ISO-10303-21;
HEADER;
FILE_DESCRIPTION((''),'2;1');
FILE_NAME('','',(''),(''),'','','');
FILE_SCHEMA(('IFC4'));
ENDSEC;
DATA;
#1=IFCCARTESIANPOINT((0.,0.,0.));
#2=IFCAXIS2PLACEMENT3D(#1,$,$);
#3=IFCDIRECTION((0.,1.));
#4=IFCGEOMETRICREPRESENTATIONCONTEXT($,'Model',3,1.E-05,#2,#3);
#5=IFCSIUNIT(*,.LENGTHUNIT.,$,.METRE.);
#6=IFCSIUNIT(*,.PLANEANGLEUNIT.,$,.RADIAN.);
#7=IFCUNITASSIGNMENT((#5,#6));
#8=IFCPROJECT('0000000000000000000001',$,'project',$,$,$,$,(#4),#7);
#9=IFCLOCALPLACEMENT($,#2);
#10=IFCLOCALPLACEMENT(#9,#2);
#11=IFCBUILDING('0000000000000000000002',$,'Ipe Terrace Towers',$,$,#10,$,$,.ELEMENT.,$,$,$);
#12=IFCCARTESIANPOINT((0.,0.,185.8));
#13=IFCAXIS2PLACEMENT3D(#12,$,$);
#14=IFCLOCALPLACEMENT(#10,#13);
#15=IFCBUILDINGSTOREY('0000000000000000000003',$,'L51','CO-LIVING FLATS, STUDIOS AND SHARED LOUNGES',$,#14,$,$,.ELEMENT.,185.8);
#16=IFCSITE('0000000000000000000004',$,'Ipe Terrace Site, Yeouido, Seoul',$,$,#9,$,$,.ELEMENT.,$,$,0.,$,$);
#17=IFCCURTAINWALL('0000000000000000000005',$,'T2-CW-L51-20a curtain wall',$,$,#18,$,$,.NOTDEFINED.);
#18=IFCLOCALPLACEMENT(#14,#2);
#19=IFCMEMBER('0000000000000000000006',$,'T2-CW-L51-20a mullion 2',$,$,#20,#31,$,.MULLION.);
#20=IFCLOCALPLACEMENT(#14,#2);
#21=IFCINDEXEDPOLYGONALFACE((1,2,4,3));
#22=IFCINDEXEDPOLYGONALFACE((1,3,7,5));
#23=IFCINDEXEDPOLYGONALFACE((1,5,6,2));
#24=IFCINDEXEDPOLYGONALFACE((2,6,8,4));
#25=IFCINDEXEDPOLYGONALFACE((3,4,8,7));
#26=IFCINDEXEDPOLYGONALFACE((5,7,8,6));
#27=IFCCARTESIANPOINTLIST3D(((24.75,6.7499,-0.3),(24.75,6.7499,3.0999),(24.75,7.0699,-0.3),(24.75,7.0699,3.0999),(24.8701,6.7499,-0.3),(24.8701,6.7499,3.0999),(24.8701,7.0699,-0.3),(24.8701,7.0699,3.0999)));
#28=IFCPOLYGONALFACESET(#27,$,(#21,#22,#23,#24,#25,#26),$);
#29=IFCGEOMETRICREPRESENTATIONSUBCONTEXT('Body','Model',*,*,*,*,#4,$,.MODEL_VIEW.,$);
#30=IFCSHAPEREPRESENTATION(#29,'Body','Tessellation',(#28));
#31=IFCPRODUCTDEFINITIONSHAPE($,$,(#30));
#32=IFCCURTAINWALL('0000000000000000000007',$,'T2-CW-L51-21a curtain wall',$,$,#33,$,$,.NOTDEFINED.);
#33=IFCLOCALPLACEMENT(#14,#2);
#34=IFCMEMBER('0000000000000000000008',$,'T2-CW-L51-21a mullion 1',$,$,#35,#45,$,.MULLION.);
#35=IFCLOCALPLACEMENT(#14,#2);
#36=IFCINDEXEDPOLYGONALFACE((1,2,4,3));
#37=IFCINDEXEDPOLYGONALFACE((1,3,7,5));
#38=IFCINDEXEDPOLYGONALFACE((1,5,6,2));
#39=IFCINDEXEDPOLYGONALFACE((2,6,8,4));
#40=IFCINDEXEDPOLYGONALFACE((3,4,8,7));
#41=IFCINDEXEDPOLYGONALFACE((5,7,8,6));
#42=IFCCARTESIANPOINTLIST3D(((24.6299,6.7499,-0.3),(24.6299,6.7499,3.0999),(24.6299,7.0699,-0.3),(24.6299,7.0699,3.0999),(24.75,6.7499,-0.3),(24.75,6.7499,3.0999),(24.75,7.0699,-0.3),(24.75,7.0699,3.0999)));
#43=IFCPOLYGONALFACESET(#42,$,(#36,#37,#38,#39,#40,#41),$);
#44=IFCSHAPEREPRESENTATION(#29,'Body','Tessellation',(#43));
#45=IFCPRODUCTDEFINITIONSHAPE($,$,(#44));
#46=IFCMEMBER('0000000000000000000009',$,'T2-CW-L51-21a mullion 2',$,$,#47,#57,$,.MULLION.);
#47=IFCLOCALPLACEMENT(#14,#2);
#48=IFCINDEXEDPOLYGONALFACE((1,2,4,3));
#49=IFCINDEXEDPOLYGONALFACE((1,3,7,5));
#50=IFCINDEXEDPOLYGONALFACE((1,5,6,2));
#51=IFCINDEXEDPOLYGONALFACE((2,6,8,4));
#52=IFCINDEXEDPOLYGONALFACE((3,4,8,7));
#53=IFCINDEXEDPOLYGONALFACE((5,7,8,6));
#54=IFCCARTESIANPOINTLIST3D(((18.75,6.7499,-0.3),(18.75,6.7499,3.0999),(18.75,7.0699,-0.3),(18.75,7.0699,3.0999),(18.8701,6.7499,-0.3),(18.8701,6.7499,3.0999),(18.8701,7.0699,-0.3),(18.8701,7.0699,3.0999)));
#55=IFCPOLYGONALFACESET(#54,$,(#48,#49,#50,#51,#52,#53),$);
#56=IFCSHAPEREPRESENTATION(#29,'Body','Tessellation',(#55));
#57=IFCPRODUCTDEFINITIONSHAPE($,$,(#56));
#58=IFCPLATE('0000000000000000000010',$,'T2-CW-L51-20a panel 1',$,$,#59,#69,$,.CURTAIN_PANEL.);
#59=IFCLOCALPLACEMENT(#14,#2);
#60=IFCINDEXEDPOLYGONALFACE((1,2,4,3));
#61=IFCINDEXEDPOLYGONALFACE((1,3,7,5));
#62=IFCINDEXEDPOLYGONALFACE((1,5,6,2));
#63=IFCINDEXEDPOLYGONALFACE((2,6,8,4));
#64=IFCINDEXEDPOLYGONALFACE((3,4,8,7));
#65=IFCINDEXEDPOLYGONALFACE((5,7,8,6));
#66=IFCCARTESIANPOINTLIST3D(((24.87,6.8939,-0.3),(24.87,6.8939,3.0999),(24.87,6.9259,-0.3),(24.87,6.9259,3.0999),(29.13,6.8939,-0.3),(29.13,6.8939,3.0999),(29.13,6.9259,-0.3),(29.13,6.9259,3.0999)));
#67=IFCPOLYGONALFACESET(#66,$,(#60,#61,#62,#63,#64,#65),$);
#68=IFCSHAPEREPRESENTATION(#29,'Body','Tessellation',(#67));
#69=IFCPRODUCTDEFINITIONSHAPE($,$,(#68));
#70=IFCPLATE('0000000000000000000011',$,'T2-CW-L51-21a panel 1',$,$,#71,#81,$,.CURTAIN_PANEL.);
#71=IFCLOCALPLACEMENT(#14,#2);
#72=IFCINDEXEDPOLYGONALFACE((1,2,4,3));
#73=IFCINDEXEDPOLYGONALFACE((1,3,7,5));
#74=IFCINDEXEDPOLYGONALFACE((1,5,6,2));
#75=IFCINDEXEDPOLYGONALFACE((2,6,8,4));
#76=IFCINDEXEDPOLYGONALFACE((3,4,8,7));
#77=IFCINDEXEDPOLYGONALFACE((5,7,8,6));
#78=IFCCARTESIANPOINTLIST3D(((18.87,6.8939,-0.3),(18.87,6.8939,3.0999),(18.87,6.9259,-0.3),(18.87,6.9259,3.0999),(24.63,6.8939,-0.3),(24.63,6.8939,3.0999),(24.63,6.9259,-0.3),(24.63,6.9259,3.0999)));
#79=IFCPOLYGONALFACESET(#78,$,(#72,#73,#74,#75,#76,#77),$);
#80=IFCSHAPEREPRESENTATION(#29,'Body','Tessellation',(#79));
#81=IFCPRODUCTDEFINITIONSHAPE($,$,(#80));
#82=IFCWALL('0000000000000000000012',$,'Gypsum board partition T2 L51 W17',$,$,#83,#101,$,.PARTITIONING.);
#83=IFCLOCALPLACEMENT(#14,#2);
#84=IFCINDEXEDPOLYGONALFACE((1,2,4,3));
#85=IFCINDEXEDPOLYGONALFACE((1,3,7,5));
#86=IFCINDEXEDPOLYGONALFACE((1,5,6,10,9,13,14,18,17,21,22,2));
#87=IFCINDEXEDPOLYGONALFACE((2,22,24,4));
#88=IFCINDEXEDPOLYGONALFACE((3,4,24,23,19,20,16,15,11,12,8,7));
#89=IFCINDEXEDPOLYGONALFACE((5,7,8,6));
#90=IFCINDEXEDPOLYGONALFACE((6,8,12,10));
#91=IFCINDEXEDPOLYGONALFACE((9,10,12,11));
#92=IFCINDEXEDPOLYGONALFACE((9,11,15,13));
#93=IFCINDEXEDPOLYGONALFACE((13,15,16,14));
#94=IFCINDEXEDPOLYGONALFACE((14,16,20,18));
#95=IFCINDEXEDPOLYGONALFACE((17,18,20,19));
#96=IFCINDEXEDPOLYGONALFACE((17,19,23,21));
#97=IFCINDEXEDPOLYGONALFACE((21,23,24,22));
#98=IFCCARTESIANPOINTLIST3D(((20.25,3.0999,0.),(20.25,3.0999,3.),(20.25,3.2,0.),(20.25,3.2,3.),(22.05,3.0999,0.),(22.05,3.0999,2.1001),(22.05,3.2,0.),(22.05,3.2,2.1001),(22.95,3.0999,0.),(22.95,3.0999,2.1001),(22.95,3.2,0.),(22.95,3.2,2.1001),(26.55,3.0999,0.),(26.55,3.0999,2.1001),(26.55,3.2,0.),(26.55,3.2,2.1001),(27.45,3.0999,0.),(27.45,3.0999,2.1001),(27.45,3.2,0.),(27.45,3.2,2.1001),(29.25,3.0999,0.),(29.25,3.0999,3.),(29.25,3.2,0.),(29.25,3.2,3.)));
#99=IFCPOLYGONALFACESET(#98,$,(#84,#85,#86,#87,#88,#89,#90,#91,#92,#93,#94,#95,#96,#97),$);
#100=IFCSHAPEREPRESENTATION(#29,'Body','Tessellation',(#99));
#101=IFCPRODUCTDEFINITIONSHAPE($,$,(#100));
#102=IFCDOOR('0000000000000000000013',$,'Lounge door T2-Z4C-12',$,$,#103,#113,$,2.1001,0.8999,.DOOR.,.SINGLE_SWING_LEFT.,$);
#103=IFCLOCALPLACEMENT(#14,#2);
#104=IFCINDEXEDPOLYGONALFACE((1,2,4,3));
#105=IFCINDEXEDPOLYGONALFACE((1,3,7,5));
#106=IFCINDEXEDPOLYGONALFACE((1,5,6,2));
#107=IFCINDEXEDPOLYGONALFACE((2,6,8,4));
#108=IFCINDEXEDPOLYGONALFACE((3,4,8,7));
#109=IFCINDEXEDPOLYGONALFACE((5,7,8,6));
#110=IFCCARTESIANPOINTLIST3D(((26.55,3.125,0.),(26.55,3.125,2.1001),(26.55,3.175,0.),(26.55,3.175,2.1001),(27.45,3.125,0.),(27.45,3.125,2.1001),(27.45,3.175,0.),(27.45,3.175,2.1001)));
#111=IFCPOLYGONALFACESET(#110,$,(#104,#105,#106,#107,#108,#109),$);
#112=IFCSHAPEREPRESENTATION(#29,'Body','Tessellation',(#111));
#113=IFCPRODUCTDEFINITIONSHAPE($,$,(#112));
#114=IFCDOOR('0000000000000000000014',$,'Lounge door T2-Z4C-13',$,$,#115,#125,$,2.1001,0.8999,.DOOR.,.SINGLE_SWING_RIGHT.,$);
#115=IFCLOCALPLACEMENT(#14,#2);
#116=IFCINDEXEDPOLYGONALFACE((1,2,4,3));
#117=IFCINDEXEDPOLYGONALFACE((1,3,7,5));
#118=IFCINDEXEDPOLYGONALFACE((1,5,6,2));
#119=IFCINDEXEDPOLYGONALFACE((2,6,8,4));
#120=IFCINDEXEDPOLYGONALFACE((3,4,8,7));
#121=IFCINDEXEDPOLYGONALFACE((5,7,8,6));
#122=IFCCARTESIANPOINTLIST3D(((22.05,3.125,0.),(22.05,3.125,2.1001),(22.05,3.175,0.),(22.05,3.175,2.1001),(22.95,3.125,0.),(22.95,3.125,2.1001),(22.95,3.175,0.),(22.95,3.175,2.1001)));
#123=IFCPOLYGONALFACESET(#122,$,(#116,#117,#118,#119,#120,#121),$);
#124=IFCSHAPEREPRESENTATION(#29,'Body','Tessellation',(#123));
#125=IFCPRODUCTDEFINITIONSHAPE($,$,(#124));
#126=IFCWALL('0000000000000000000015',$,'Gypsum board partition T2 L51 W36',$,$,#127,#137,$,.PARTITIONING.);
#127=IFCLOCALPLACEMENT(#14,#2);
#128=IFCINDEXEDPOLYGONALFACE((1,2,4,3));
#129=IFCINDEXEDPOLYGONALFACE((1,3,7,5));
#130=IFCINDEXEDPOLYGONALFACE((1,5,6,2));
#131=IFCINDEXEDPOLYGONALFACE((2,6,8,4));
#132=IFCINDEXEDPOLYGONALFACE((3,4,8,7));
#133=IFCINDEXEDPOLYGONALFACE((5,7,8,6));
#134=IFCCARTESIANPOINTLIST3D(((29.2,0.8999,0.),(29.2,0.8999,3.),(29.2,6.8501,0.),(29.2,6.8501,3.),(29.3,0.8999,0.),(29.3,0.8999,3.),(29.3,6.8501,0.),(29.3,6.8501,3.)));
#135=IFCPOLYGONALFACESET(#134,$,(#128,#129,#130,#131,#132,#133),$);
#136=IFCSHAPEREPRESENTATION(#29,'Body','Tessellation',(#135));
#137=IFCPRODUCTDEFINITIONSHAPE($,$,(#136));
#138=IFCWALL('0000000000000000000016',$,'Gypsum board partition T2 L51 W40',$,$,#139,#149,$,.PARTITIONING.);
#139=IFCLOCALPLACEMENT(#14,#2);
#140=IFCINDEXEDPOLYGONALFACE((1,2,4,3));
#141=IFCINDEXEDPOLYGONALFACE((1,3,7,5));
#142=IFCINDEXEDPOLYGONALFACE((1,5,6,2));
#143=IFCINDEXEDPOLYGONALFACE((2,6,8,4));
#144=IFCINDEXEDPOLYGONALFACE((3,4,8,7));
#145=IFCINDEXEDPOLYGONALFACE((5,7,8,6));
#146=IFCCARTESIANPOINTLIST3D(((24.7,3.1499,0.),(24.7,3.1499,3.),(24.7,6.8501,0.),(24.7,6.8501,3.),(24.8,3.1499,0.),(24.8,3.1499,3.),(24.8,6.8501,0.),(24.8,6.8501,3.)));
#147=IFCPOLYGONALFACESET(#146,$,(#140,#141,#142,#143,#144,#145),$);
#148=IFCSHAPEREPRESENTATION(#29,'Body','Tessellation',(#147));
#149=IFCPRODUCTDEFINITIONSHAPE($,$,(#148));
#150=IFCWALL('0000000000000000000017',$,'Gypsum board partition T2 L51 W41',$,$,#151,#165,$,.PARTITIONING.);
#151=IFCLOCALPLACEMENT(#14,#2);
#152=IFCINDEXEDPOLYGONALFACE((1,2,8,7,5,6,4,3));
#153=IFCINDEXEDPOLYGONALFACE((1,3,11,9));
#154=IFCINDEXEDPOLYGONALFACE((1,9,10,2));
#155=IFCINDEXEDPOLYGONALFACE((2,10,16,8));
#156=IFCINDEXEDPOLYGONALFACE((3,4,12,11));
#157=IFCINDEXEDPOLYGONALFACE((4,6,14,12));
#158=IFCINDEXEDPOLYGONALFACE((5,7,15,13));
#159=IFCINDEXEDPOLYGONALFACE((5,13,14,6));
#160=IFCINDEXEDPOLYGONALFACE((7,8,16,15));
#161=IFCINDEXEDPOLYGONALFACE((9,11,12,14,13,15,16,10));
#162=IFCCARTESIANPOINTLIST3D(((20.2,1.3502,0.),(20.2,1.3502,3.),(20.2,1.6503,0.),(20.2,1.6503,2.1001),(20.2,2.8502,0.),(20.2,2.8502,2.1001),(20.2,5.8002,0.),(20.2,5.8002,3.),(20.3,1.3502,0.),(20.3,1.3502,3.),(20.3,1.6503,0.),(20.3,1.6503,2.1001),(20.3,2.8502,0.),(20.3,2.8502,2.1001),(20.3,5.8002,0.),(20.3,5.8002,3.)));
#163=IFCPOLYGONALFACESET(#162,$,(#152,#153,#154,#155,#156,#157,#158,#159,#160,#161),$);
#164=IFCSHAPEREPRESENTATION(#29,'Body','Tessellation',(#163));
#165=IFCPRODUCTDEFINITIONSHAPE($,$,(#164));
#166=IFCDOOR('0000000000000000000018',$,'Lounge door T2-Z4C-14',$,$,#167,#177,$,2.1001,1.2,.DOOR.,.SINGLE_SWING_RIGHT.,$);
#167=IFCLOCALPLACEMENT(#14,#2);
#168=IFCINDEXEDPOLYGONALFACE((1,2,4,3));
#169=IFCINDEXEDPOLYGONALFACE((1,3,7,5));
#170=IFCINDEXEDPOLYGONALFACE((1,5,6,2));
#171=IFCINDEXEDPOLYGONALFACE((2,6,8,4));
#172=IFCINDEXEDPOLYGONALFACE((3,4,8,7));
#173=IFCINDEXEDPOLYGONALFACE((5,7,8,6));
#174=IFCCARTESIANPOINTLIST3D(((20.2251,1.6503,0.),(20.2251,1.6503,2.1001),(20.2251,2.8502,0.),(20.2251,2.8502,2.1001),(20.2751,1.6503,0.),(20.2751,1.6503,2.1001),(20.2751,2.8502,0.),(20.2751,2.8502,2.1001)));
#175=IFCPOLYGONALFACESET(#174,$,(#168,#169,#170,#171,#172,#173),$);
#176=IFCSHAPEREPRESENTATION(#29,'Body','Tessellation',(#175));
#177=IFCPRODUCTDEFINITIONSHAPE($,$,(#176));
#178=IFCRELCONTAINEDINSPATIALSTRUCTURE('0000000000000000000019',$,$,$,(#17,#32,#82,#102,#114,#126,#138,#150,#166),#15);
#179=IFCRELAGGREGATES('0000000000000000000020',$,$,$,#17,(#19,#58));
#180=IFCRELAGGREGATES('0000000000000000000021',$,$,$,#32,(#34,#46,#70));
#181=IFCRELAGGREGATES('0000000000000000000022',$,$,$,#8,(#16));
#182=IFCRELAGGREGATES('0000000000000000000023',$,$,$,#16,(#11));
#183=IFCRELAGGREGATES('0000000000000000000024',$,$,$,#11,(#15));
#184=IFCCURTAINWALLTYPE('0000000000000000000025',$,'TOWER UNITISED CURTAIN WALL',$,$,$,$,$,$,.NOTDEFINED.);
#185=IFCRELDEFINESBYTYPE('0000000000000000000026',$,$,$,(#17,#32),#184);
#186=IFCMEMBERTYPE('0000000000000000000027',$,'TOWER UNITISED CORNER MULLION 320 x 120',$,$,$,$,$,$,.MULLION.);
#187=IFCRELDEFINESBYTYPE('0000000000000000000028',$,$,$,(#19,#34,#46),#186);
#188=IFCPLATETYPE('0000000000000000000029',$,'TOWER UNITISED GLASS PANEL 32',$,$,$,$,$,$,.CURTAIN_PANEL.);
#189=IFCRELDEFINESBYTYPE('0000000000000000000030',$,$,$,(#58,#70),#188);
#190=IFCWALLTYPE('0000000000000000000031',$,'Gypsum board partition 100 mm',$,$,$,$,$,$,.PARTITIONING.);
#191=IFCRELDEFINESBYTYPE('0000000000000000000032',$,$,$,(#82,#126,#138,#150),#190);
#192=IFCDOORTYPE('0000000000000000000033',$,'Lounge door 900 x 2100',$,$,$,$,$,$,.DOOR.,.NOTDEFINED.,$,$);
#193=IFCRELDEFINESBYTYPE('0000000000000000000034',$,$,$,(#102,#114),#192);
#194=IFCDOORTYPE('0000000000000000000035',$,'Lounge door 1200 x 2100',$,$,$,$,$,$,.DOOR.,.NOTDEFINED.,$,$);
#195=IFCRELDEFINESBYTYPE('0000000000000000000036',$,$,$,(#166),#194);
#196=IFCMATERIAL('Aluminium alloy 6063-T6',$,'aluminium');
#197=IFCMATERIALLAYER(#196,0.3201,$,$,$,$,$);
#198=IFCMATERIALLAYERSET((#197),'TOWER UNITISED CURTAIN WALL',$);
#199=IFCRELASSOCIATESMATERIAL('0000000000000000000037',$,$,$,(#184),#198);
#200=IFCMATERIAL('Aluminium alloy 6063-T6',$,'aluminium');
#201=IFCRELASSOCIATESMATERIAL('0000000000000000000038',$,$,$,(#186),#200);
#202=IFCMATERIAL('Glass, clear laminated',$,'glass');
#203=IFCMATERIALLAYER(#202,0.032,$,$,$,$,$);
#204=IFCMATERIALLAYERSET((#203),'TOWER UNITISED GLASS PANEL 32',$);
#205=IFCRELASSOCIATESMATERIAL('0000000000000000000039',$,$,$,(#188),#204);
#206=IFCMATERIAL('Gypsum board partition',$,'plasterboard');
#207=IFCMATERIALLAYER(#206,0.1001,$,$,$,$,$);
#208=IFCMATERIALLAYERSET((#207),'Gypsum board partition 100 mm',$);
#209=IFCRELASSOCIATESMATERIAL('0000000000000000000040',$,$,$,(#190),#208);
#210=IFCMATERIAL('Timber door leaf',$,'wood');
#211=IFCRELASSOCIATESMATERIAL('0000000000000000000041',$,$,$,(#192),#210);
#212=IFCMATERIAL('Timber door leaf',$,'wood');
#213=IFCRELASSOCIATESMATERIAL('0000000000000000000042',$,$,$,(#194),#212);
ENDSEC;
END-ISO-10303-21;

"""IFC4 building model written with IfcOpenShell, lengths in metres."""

from ifc_helpers import new_model, si_unit, direction, frame, frame_2d, origin, origin_2d, place, context, subcontext, project, spatial, rectangle, extrude, material, layer, layer_set, material_profile, profile_set, type_object, element, fill, aggregate, save


model = new_model("IFC4")

# Units and contexts
model_context = context("Model", 3, precision=1e-05, world=origin(), true_north=direction((0.0, 1.0)))
body_context = subcontext(model_context, "Body", "Model", "MODEL_VIEW")
ifc_project = project(units=[si_unit("LENGTHUNIT", "METRE"), si_unit("PLANEANGLEUNIT", "RADIAN")], contexts=[model_context])

# Site, building, storey
site_placement = place(None, origin())
site = spatial("IfcSite", under=ifc_project, at=site_placement, Name="Ipe Terrace Site, Yeouido, Seoul", CompositionType="ELEMENT", RefElevation=0.0)
building_placement = place(site_placement, origin())
building = spatial("IfcBuilding", under=site, at=building_placement, Name="Ipe Terrace Towers", CompositionType="ELEMENT")
storey_placement = place(building_placement, frame((0.0, 0.0, 185.8)))
storey = spatial("IfcBuildingStorey", under=building, at=storey_placement, Name="L51", Description="CO-LIVING FLATS, STUDIOS AND SHARED LOUNGES", CompositionType="ELEMENT", Elevation=185.8)

# Curtain walls, members
ifc_material_1 = material(Name="Aluminium alloy 6063-T6", Category="aluminium")
ifc_layer_1 = layer(ifc_material_1, 0.3201)
ifc_layer_set_1 = layer_set([ifc_layer_1], Name="TOWER UNITISED CURTAIN WALL")
curtain_wall_type = type_object("IfcCurtainWallType", Name="TOWER UNITISED CURTAIN WALL", PredefinedType="NOTDEFINED", material=ifc_layer_set_1)
curtain_wall_1_placement = place(storey_placement, origin())
curtain_wall_1 = element("IfcCurtainWall", 1, at=curtain_wall_1_placement, inside=storey, type_object=curtain_wall_type, Name="T2-CW-L51-20a curtain wall", PredefinedType="NOTDEFINED")
ifc_material_2 = material(Name="Aluminium alloy 6063-T6", Category="aluminium")
ifc_material_profile_1 = material_profile(ifc_material_2, rectangle(XDim=0.3201, YDim=0.1201, at=origin_2d()), Name="TOWER UNITISED CORNER MULLION 320 x 120")
ifc_profile_set_1 = profile_set([ifc_material_profile_1], Name="Aluminium alloy 6063-T6")
member_type = type_object("IfcMemberType", Name="TOWER UNITISED CORNER MULLION 320 x 120", PredefinedType="MULLION", material=ifc_profile_set_1)
member_1_placement = place(storey_placement, frame((24.8101, 6.9099, -0.3), z_axis=(0.0, 0.0, 1.0), x_axis=(0.0, 1.0, 0.0)))
member_1 = element("IfcMember", 2, at=member_1_placement, type_object=member_type, Name="T2-CW-L51-20a mullion 2", PredefinedType="MULLION", context=body_context, shape_type="SweptSolid", body=[
    extrude(rectangle(XDim=0.3201, YDim=0.1201, at=origin_2d()), origin(), (0.0, 0.0, 1.0), 3.3999),
])
curtain_wall_2_placement = place(storey_placement, origin())
curtain_wall_2 = element("IfcCurtainWall", 3, at=curtain_wall_2_placement, inside=storey, type_object=curtain_wall_type, Name="T2-CW-L51-21a curtain wall", PredefinedType="NOTDEFINED")
member_2_placement = place(storey_placement, frame((24.6899, 6.9099, -0.3), z_axis=(0.0, 0.0, 1.0), x_axis=(0.0, 1.0, 0.0)))
member_2 = element("IfcMember", 4, at=member_2_placement, type_object=member_type, Name="T2-CW-L51-21a mullion 1", PredefinedType="MULLION", context=body_context, shape_type="SweptSolid", body=[
    extrude(rectangle(XDim=0.3201, YDim=0.1201, at=origin_2d()), origin(), (0.0, 0.0, 1.0), 3.3999),
])
member_3_placement = place(storey_placement, frame((18.8101, 6.9099, -0.3), z_axis=(0.0, 0.0, 1.0), x_axis=(0.0, 1.0, 0.0)))
member_3 = element("IfcMember", 5, at=member_3_placement, type_object=member_type, Name="T2-CW-L51-21a mullion 2", PredefinedType="MULLION", context=body_context, shape_type="SweptSolid", body=[
    extrude(rectangle(XDim=0.3201, YDim=0.1201, at=origin_2d()), origin(), (0.0, 0.0, 1.0), 3.3999),
])

# Plates
ifc_material_3 = material(Name="Glass, clear laminated", Category="glass")
ifc_layer_2 = layer(ifc_material_3, 0.032)
ifc_layer_set_2 = layer_set([ifc_layer_2], Name="TOWER UNITISED GLASS PANEL 32")
plate_type = type_object("IfcPlateType", Name="TOWER UNITISED GLASS PANEL 32", PredefinedType="CURTAIN_PANEL", material=ifc_layer_set_2)
plate_1_placement = place(storey_placement, frame((27.0, 6.9099, -0.3), z_axis=(0.0, 0.0, 1.0), x_axis=(-1.0, 0.0, 0.0)))
plate_1 = element("IfcPlate", 6, at=plate_1_placement, type_object=plate_type, Name="T2-CW-L51-20a panel 1", PredefinedType="CURTAIN_PANEL", context=body_context, shape_type="SweptSolid", body=[
    extrude(rectangle(XDim=4.26, YDim=0.032, at=origin_2d()), origin(), (0.0, 0.0, 1.0), 3.3999),
])
aggregate(curtain_wall_1, [member_1, plate_1])
plate_2_placement = place(storey_placement, frame((21.75, 6.9099, -0.3), z_axis=(0.0, 0.0, 1.0), x_axis=(-1.0, 0.0, 0.0)))
plate_2 = element("IfcPlate", 7, at=plate_2_placement, type_object=plate_type, Name="T2-CW-L51-21a panel 1", PredefinedType="CURTAIN_PANEL", context=body_context, shape_type="SweptSolid", body=[
    extrude(rectangle(XDim=5.76, YDim=0.032, at=origin_2d()), origin(), (0.0, 0.0, 1.0), 3.3999),
])
aggregate(curtain_wall_2, [member_2, member_3, plate_2])

# Wall, openings, doors
ifc_material_4 = material(Name="Gypsum board partition", Category="plasterboard")
ifc_layer_3 = layer(ifc_material_4, 0.1001)
ifc_layer_set_3 = layer_set([ifc_layer_3], Name="Gypsum board partition 100 mm")
wall_type_1 = type_object("IfcWallType", Name="Gypsum board partition 100 mm", PredefinedType="PARTITIONING", material=ifc_layer_set_3)
wall_1_placement = place(storey_placement, frame((29.25, 3.1499, 0.0), z_axis=(0.0, 0.0, 1.0), x_axis=(-1.0, 0.0, 0.0)))
wall_1 = element("IfcWall", 8, at=wall_1_placement, inside=storey, type_object=wall_type_1, Name="Gypsum board partition T2 L51 W17", PredefinedType="PARTITIONING", context=body_context, shape_type="SweptSolid", body=[
    extrude(rectangle(XDim=9.0, YDim=0.1001, at=frame_2d((4.5, 0.0))), origin(), (0.0, 0.0, 1.0), 3.0),
])
opening_1_placement = place(wall_1_placement, frame((1.8, 0.0, 0.0)))
opening_1 = element("IfcOpeningElement", 9, at=opening_1_placement, cuts=wall_1, PredefinedType="OPENING", context=body_context, shape_type="SweptSolid", body=[
    extrude(rectangle(XDim=0.8999, YDim=2.1001, at=frame_2d((0.45, 1.05))), frame((0.0, 0.0601, 0.0), z_axis=(0.0, -1.0, 0.0), x_axis=(1.0, 0.0, 0.0)), (0.0, 0.0, 1.0), 0.1201),
])
opening_2_placement = place(wall_1_placement, frame((6.3, 0.0, 0.0)))
opening_2 = element("IfcOpeningElement", 10, at=opening_2_placement, cuts=wall_1, PredefinedType="OPENING", context=body_context, shape_type="SweptSolid", body=[
    extrude(rectangle(XDim=0.8999, YDim=2.1001, at=frame_2d((0.45, 1.05))), frame((0.0, 0.0601, 0.0), z_axis=(0.0, -1.0, 0.0), x_axis=(1.0, 0.0, 0.0)), (0.0, 0.0, 1.0), 0.1201),
])
ifc_material_5 = material(Name="Timber door leaf", Category="wood")
door_type_1 = type_object("IfcDoorType", Name="Lounge door 900 x 2100", OperationType="NOTDEFINED", PredefinedType="DOOR", material=ifc_material_5)
door_1_placement = place(opening_1_placement, origin())
door_1 = element("IfcDoor", 11, at=door_1_placement, inside=storey, type_object=door_type_1, Name="Lounge door T2-Z4C-12", OperationType="SINGLE_SWING_LEFT", OverallHeight=2.1001, OverallWidth=0.8999, PredefinedType="DOOR", context=body_context, shape_type="SweptSolid", body=[
    extrude(rectangle(XDim=0.8999, YDim=2.1001, at=frame_2d((0.45, 1.05))), frame((0.0, 0.0249, 0.0), z_axis=(0.0, -1.0, 0.0), x_axis=(1.0, 0.0, 0.0)), (0.0, 0.0, 1.0), 0.05),
])
fill(opening_1, door_1)
door_2_placement = place(opening_2_placement, origin())
door_2 = element("IfcDoor", 12, at=door_2_placement, inside=storey, type_object=door_type_1, Name="Lounge door T2-Z4C-13", OperationType="SINGLE_SWING_RIGHT", OverallHeight=2.1001, OverallWidth=0.8999, PredefinedType="DOOR", context=body_context, shape_type="SweptSolid", body=[
    extrude(rectangle(XDim=0.8999, YDim=2.1001, at=frame_2d((0.45, 1.05))), frame((0.0, 0.0249, 0.0), z_axis=(0.0, -1.0, 0.0), x_axis=(1.0, 0.0, 0.0)), (0.0, 0.0, 1.0), 0.05),
])
fill(opening_2, door_2)

# Walls
wall_2_placement = place(storey_placement, frame((29.25, 0.8999, 0.0), z_axis=(0.0, 0.0, 1.0), x_axis=(0.0, 1.0, 0.0)))
element("IfcWall", 13, at=wall_2_placement, inside=storey, type_object=wall_type_1, Name="Gypsum board partition T2 L51 W36", PredefinedType="PARTITIONING", context=body_context, shape_type="SweptSolid", body=[
    extrude(rectangle(XDim=5.9502, YDim=0.1001, at=frame_2d((2.9751, 0.0))), origin(), (0.0, 0.0, 1.0), 3.0),
])
wall_3_placement = place(storey_placement, frame((24.75, 3.1499, 0.0), z_axis=(0.0, 0.0, 1.0), x_axis=(0.0, 1.0, 0.0)))
element("IfcWall", 14, at=wall_3_placement, inside=storey, type_object=wall_type_1, Name="Gypsum board partition T2 L51 W40", PredefinedType="PARTITIONING", context=body_context, shape_type="SweptSolid", body=[
    extrude(rectangle(XDim=3.7002, YDim=0.1001, at=frame_2d((1.8501, 0.0))), origin(), (0.0, 0.0, 1.0), 3.0),
])

# Wall, opening, door
wall_4_placement = place(storey_placement, frame((20.25, 1.3501, 0.0), z_axis=(0.0, 0.0, 1.0), x_axis=(0.0, 1.0, 0.0)))
wall_4 = element("IfcWall", 15, at=wall_4_placement, inside=storey, type_object=wall_type_1, Name="Gypsum board partition T2 L51 W41", PredefinedType="PARTITIONING", context=body_context, shape_type="SweptSolid", body=[
    extrude(rectangle(XDim=4.45, YDim=0.1001, at=frame_2d((2.2251, 0.0))), origin(), (0.0, 0.0, 1.0), 3.0),
])
opening_3_placement = place(wall_4_placement, frame((0.3, 0.0, 0.0)))
opening_3 = element("IfcOpeningElement", 16, at=opening_3_placement, cuts=wall_4, PredefinedType="OPENING", context=body_context, shape_type="SweptSolid", body=[
    extrude(rectangle(XDim=1.2, YDim=2.1001, at=frame_2d((0.6001, 1.05))), frame((0.0, 0.0601, 0.0), z_axis=(0.0, -1.0, 0.0), x_axis=(1.0, 0.0, 0.0)), (0.0, 0.0, 1.0), 0.1201),
])
ifc_material_6 = material(Name="Timber door leaf", Category="wood")
door_type_2 = type_object("IfcDoorType", Name="Lounge door 1200 x 2100", OperationType="NOTDEFINED", PredefinedType="DOOR", material=ifc_material_6)
door_3_placement = place(opening_3_placement, origin())
door_3 = element("IfcDoor", 17, at=door_3_placement, inside=storey, type_object=door_type_2, Name="Lounge door T2-Z4C-14", OperationType="SINGLE_SWING_RIGHT", OverallHeight=2.1001, OverallWidth=1.2, PredefinedType="DOOR", context=body_context, shape_type="SweptSolid", body=[
    extrude(rectangle(XDim=1.2, YDim=2.1001, at=frame_2d((0.6001, 1.05))), frame((0.0, 0.0249, 0.0), z_axis=(0.0, -1.0, 0.0), x_axis=(1.0, 0.0, 0.0)), (0.0, 0.0, 1.0), 0.05),
])
fill(opening_3, door_3)

save(model, "model.ifc")
